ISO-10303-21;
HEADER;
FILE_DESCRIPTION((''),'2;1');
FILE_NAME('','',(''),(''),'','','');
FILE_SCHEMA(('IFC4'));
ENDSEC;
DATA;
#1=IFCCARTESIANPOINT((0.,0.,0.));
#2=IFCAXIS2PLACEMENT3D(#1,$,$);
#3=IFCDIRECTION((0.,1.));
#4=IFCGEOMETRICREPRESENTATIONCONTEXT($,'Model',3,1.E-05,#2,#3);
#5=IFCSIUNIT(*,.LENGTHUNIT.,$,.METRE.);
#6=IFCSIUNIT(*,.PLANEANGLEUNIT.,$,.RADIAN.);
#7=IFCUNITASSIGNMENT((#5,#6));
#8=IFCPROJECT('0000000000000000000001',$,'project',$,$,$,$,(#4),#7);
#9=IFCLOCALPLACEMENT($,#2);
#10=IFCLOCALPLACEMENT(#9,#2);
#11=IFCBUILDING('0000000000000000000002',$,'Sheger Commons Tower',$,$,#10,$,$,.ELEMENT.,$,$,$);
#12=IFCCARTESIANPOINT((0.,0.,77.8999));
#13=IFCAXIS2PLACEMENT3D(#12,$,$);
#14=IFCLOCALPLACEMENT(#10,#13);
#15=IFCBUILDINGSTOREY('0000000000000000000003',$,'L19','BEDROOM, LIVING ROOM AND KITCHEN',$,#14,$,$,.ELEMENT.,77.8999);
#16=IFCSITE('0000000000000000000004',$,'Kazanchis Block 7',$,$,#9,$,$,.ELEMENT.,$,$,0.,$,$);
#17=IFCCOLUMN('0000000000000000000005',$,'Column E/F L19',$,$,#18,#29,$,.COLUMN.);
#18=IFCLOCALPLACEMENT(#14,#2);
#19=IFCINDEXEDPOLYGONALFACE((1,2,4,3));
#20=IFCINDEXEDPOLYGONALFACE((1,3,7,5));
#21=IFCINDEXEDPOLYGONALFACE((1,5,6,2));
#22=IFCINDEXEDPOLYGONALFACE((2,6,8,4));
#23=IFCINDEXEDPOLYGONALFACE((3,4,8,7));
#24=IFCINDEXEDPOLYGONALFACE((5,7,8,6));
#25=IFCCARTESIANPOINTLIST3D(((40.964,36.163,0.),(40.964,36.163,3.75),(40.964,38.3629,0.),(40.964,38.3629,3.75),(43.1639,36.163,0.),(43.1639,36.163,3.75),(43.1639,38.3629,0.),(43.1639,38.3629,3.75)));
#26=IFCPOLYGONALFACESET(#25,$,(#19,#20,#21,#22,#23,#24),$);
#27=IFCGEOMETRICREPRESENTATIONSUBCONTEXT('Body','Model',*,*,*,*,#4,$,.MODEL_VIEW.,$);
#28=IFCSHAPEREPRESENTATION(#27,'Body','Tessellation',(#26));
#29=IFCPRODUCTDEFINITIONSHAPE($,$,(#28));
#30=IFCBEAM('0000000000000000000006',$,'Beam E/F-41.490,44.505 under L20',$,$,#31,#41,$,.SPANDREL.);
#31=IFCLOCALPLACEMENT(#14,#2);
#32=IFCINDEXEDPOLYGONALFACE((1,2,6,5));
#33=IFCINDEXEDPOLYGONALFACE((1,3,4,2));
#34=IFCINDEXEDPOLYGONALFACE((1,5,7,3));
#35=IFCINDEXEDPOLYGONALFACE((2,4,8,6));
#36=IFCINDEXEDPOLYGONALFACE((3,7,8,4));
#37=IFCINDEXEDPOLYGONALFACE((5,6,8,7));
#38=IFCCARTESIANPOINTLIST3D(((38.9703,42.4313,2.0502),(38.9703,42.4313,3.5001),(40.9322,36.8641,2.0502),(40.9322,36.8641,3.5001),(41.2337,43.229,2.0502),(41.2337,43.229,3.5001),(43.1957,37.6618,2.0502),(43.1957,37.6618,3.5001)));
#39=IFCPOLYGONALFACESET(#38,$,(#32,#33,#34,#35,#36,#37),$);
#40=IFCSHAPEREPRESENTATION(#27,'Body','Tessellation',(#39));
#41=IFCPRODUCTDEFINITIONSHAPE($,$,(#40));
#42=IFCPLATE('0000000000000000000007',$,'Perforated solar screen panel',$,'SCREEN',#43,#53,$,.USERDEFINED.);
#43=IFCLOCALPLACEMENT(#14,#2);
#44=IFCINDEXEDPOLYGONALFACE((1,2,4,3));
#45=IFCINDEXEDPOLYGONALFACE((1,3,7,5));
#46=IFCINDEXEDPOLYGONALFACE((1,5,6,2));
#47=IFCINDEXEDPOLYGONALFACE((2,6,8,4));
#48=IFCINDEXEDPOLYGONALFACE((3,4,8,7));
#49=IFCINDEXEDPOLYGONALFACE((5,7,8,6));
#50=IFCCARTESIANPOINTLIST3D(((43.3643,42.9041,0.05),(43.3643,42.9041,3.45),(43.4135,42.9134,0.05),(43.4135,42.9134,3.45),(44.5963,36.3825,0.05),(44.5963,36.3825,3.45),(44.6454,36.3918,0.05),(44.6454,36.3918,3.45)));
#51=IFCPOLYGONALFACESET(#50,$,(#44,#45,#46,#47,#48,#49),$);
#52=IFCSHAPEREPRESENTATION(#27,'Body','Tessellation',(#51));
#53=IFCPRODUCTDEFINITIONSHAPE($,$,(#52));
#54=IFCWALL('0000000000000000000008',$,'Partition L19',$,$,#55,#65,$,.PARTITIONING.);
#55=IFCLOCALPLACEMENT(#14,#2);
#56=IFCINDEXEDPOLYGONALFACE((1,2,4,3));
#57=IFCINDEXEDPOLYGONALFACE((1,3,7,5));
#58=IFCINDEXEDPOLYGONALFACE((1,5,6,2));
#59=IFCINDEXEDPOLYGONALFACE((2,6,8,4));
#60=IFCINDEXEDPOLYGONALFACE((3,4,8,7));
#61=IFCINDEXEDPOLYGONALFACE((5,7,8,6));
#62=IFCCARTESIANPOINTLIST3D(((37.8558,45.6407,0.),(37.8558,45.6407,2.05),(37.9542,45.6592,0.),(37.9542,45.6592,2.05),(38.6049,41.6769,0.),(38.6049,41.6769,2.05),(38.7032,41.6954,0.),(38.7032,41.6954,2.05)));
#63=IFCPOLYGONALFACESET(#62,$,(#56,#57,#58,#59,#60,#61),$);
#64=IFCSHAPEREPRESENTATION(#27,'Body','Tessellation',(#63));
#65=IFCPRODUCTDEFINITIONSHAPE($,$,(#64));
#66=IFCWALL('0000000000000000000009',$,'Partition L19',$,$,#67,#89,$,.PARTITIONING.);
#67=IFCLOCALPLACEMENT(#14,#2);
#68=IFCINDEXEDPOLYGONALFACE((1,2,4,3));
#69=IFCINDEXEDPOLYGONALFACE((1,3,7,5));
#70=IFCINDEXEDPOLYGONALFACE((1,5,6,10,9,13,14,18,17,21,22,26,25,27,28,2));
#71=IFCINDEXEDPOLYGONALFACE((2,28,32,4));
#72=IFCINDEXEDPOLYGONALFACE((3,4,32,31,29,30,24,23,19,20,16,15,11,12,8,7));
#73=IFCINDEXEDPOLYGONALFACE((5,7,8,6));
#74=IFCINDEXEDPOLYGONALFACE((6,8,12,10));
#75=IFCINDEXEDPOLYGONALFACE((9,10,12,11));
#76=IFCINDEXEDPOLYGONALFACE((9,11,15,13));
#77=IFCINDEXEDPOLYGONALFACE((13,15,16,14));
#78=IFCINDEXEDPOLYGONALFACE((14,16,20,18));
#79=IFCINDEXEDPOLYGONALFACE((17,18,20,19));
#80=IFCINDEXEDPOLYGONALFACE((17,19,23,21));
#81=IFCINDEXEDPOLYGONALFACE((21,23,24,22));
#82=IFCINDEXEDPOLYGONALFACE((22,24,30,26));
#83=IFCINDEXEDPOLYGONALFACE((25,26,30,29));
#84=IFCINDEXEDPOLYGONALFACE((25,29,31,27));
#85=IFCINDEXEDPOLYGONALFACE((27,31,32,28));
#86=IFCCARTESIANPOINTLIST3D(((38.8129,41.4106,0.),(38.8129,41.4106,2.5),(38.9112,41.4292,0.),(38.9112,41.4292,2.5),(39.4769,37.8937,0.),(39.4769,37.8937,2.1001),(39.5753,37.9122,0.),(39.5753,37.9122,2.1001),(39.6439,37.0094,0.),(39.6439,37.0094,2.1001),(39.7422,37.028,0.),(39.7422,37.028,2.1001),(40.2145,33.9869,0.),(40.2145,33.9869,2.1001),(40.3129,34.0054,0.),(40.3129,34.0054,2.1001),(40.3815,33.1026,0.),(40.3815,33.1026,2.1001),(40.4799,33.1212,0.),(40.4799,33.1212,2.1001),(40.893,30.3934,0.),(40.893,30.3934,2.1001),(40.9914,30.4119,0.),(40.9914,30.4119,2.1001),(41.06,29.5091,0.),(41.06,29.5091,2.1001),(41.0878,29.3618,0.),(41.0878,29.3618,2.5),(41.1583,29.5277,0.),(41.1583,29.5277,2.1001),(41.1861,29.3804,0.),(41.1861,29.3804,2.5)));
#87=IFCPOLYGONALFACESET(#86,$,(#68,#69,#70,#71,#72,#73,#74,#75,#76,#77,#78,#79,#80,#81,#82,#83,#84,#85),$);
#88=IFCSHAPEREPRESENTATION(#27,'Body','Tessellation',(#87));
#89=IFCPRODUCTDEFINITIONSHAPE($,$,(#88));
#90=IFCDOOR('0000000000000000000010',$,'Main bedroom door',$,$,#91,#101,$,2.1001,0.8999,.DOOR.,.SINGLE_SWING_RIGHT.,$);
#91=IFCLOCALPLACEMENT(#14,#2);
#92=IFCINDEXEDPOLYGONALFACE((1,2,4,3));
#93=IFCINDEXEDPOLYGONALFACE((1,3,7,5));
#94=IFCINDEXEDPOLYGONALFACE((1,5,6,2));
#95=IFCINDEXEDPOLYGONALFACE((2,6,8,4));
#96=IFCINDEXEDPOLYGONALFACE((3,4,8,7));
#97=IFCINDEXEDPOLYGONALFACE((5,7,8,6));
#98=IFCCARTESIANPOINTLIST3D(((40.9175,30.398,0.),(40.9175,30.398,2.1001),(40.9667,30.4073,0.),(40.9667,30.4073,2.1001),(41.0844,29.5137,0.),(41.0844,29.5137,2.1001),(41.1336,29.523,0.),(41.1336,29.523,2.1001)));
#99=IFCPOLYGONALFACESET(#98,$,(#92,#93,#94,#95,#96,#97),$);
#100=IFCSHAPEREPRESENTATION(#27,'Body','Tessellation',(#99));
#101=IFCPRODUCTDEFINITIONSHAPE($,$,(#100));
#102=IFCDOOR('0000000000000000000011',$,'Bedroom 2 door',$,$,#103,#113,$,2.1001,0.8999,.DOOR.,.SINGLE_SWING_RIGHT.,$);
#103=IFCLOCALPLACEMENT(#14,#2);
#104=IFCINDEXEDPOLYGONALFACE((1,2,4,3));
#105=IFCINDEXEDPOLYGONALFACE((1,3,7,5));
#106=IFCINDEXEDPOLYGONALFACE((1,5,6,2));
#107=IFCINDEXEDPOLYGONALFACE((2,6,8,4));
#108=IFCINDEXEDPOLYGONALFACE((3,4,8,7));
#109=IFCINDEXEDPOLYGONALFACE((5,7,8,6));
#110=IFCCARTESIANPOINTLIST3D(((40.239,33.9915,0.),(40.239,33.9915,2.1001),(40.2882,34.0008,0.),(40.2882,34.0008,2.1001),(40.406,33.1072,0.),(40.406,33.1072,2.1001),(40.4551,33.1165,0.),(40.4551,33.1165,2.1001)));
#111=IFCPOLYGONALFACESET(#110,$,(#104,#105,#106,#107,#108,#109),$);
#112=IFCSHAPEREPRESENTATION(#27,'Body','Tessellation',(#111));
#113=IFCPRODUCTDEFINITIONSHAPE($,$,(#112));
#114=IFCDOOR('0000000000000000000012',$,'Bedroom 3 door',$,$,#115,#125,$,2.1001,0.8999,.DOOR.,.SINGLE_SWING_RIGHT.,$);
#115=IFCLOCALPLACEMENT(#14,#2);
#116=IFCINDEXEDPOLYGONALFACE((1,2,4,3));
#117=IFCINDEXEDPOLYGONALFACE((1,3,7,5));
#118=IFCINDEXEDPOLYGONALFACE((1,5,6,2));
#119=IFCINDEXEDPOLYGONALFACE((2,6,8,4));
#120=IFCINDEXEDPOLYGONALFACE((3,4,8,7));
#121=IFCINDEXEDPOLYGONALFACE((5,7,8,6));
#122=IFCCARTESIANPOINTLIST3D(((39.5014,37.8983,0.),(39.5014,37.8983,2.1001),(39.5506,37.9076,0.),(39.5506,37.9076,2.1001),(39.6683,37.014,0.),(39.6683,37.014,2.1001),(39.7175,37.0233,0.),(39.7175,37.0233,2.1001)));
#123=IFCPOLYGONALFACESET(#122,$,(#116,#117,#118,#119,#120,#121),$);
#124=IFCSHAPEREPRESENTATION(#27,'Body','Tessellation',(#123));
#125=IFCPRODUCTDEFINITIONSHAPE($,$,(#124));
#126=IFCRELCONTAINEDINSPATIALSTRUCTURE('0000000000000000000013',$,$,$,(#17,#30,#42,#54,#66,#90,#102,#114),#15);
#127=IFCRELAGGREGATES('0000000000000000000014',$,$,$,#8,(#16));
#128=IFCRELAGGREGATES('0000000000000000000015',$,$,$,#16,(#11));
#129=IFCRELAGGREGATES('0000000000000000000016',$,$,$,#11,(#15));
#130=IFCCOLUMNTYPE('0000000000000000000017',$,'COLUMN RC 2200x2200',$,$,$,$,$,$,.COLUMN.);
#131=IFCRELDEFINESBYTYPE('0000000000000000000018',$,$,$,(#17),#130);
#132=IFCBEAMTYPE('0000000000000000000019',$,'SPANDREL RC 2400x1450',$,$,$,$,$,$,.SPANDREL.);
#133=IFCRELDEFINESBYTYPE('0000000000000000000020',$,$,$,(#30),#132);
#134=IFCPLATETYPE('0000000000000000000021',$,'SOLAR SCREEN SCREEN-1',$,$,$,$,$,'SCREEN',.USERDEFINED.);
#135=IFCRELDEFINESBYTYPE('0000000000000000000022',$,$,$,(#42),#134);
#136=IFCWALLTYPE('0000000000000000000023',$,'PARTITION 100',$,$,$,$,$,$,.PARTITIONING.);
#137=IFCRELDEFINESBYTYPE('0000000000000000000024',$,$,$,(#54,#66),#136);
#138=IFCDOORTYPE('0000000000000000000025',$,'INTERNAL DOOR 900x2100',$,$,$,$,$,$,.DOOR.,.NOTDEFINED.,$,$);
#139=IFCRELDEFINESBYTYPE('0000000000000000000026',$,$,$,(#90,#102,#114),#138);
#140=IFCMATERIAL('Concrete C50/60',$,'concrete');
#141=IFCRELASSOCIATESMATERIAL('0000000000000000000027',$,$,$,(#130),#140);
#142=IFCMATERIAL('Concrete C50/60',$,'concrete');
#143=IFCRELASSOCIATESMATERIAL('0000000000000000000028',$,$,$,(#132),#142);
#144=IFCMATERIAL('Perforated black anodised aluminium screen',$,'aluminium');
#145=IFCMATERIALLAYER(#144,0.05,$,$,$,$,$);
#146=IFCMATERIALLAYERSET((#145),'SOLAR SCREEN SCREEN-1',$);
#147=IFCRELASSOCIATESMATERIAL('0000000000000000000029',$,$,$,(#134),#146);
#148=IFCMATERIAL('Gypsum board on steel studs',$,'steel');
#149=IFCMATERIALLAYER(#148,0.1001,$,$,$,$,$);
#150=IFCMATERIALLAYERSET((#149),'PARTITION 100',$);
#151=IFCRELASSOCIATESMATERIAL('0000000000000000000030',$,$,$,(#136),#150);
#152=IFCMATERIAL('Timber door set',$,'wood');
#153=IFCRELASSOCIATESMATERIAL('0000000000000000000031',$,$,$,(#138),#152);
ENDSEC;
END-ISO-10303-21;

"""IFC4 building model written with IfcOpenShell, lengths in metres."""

from ifc_helpers import new_model, si_unit, direction, frame, frame_2d, origin, origin_2d, place, context, subcontext, project, spatial, rectangle, extrude, material, layer, layer_set, material_profile, profile_set, type_object, element, fill, save


model = new_model("IFC4")

# Units and contexts
model_context = context("Model", 3, precision=1e-05, world=origin(), true_north=direction((0.0, 1.0)))
body_context = subcontext(model_context, "Body", "Model", "MODEL_VIEW")
ifc_project = project(units=[si_unit("LENGTHUNIT", "METRE"), si_unit("PLANEANGLEUNIT", "RADIAN")], contexts=[model_context])

# Site, building, storey
site_placement = place(None, origin())
site = spatial("IfcSite", under=ifc_project, at=site_placement, Name="Kazanchis Block 7", CompositionType="ELEMENT", RefElevation=0.0)
building_placement = place(site_placement, origin())
building = spatial("IfcBuilding", under=site, at=building_placement, Name="Sheger Commons Tower", CompositionType="ELEMENT")
storey_placement = place(building_placement, frame((0.0, 0.0, 77.8999)))
storey = spatial("IfcBuildingStorey", under=building, at=storey_placement, Name="L19", Description="BEDROOM, LIVING ROOM AND KITCHEN", CompositionType="ELEMENT", Elevation=77.8999)

# Column
ifc_material_1 = material(Name="Concrete C50/60", Category="concrete")
ifc_material_profile_1 = material_profile(ifc_material_1, rectangle(XDim=2.2, YDim=2.2, at=origin_2d()), Name="RC 2200x2200")
ifc_profile_set_1 = profile_set([ifc_material_profile_1], Name="Concrete C50/60")
column_type = type_object("IfcColumnType", Name="COLUMN RC 2200x2200", PredefinedType="COLUMN", material=ifc_profile_set_1)
column_placement = place(storey_placement, frame((42.064, 37.2629, 0.0), z_axis=(0.0, 0.0, 1.0), x_axis=(1.0, 0.0, 0.0)))
element("IfcColumn", 1, at=column_placement, inside=storey, type_object=column_type, Name="Column E/F L19", PredefinedType="COLUMN", context=body_context, shape_type="SweptSolid", body=[
    extrude(rectangle(XDim=2.2, YDim=2.2, at=origin_2d()), origin(), (0.0, 0.0, 1.0), 3.75),
])

# Beam
ifc_material_2 = material(Name="Concrete C50/60", Category="concrete")
ifc_material_profile_2 = material_profile(ifc_material_2, rectangle(XDim=2.3999, YDim=1.45, at=origin_2d()), Name="RC 2400x1450")
ifc_profile_set_2 = profile_set([ifc_material_profile_2], Name="Concrete C50/60")
beam_type = type_object("IfcBeamType", Name="SPANDREL RC 2400x1450", PredefinedType="SPANDREL", material=ifc_profile_set_2)
beam_placement = place(storey_placement, frame((42.064, 37.2629, 2.7751), z_axis=(-0.332374, 0.943148, 0.0), x_axis=(-0.943148, -0.332374, 0.0)))
element("IfcBeam", 2, at=beam_placement, inside=storey, type_object=beam_type, Name="Beam E/F-41.490,44.505 under L20", PredefinedType="SPANDREL", context=body_context, shape_type="SweptSolid", body=[
    extrude(rectangle(XDim=2.3999, YDim=1.45, at=origin_2d()), origin(), (0.0, 0.0, 1.0), 5.9028),
])

# Plate
ifc_material_3 = material(Name="Perforated black anodised aluminium screen", Category="aluminium")
ifc_layer_1 = layer(ifc_material_3, 0.05)
ifc_layer_set_1 = layer_set([ifc_layer_1], Name="SOLAR SCREEN SCREEN-1")
plate_type = type_object("IfcPlateType", Name="SOLAR SCREEN SCREEN-1", ElementType="SCREEN", PredefinedType="USERDEFINED", material=ifc_layer_set_1)
plate_placement = place(storey_placement, frame((44.0049, 39.6479, 0.05), z_axis=(0.0, 0.0, 1.0), x_axis=(-0.185615, 0.982623, 0.0)))
element("IfcPlate", 3, at=plate_placement, inside=storey, type_object=plate_type, Name="Perforated solar screen panel", ObjectType="SCREEN", PredefinedType="USERDEFINED", context=body_context, shape_type="SweptSolid", body=[
    extrude(rectangle(XDim=6.637, YDim=0.05, at=origin_2d()), origin(), (0.0, 0.0, 1.0), 3.3999),
])

# Wall
ifc_material_4 = material(Name="Gypsum board on steel studs", Category="steel")
ifc_layer_2 = layer(ifc_material_4, 0.1001)
ifc_layer_set_2 = layer_set([ifc_layer_2], Name="PARTITION 100")
wall_type = type_object("IfcWallType", Name="PARTITION 100", PredefinedType="PARTITIONING", material=ifc_layer_set_2)
wall_1_placement = place(storey_placement, frame((38.6541, 41.686, 0.0), z_axis=(0.0, 0.0, 1.0), x_axis=(-0.185677, 0.982611, 0.0)))
element("IfcWall", 4, at=wall_1_placement, inside=storey, type_object=wall_type, Name="Partition L19", PredefinedType="PARTITIONING", context=body_context, shape_type="SweptSolid", body=[
    extrude(rectangle(XDim=4.0339, YDim=0.1001, at=frame_2d((2.0171, 0.0))), origin(), (0.0, 0.0, 1.0), 2.05),
])

# Wall, openings, doors
wall_2_placement = place(storey_placement, frame((38.8621, 41.4199, 0.0), z_axis=(0.0, 0.0, 1.0), x_axis=(0.185529, -0.982639, 0.0)))
wall_2 = element("IfcWall", 5, at=wall_2_placement, inside=storey, type_object=wall_type, Name="Partition L19", PredefinedType="PARTITIONING", context=body_context, shape_type="SweptSolid", body=[
    extrude(rectangle(XDim=12.2617, YDim=0.1001, at=frame_2d((6.1309, 0.0))), origin(), (0.0, 0.0, 1.0), 2.5),
])
opening_1_placement = place(wall_2_placement, frame((11.2119, 0.0, 0.0)))
opening_1 = element("IfcOpeningElement", 6, at=opening_1_placement, cuts=wall_2, PredefinedType="OPENING", context=body_context, shape_type="SweptSolid", body=[
    extrude(rectangle(XDim=0.8999, YDim=2.1001, at=frame_2d((0.45, 1.05))), frame((0.0, 0.0601, 0.0), z_axis=(0.0, -1.0, 0.0), x_axis=(1.0, 0.0, 0.0)), (0.0, 0.0, 1.0), 0.1201),
])
opening_2_placement = place(wall_2_placement, frame((7.5549, 0.0, 0.0)))
opening_2 = element("IfcOpeningElement", 7, at=opening_2_placement, cuts=wall_2, PredefinedType="OPENING", context=body_context, shape_type="SweptSolid", body=[
    extrude(rectangle(XDim=0.8999, YDim=2.1001, at=frame_2d((0.45, 1.05))), frame((0.0, 0.0601, 0.0), z_axis=(0.0, -1.0, 0.0), x_axis=(1.0, 0.0, 0.0)), (0.0, 0.0, 1.0), 0.1201),
])
opening_3_placement = place(wall_2_placement, frame((3.5791, 0.0, 0.0)))
opening_3 = element("IfcOpeningElement", 8, at=opening_3_placement, cuts=wall_2, PredefinedType="OPENING", context=body_context, shape_type="SweptSolid", body=[
    extrude(rectangle(XDim=0.8999, YDim=2.1001, at=frame_2d((0.45, 1.05))), frame((0.0, 0.0601, 0.0), z_axis=(0.0, -1.0, 0.0), x_axis=(1.0, 0.0, 0.0)), (0.0, 0.0, 1.0), 0.1201),
])
ifc_material_5 = material(Name="Timber door set", Category="wood")
door_type = type_object("IfcDoorType", Name="INTERNAL DOOR 900x2100", OperationType="NOTDEFINED", PredefinedType="DOOR", material=ifc_material_5)
door_1_placement = place(opening_1_placement, origin())
door_1 = element("IfcDoor", 9, at=door_1_placement, inside=storey, type_object=door_type, Name="Main bedroom door", OperationType="SINGLE_SWING_RIGHT", OverallHeight=2.1001, OverallWidth=0.8999, PredefinedType="DOOR", context=body_context, shape_type="SweptSolid", body=[
    extrude(rectangle(XDim=0.8999, YDim=2.1001, at=frame_2d((0.45, 1.05))), frame((0.0, 0.0249, 0.0), z_axis=(0.0, -1.0, 0.0), x_axis=(1.0, 0.0, 0.0)), (0.0, 0.0, 1.0), 0.05),
])
fill(opening_1, door_1)
door_2_placement = place(opening_2_placement, origin())
door_2 = element("IfcDoor", 10, at=door_2_placement, inside=storey, type_object=door_type, Name="Bedroom 2 door", OperationType="SINGLE_SWING_RIGHT", OverallHeight=2.1001, OverallWidth=0.8999, PredefinedType="DOOR", context=body_context, shape_type="SweptSolid", body=[
    extrude(rectangle(XDim=0.8999, YDim=2.1001, at=frame_2d((0.45, 1.05))), frame((0.0, 0.0249, 0.0), z_axis=(0.0, -1.0, 0.0), x_axis=(1.0, 0.0, 0.0)), (0.0, 0.0, 1.0), 0.05),
])
fill(opening_2, door_2)
door_3_placement = place(opening_3_placement, origin())
door_3 = element("IfcDoor", 11, at=door_3_placement, inside=storey, type_object=door_type, Name="Bedroom 3 door", OperationType="SINGLE_SWING_RIGHT", OverallHeight=2.1001, OverallWidth=0.8999, PredefinedType="DOOR", context=body_context, shape_type="SweptSolid", body=[
    extrude(rectangle(XDim=0.8999, YDim=2.1001, at=frame_2d((0.45, 1.05))), frame((0.0, 0.0249, 0.0), z_axis=(0.0, -1.0, 0.0), x_axis=(1.0, 0.0, 0.0)), (0.0, 0.0, 1.0), 0.05),
])
fill(opening_3, door_3)

save(model, "model.ifc")
